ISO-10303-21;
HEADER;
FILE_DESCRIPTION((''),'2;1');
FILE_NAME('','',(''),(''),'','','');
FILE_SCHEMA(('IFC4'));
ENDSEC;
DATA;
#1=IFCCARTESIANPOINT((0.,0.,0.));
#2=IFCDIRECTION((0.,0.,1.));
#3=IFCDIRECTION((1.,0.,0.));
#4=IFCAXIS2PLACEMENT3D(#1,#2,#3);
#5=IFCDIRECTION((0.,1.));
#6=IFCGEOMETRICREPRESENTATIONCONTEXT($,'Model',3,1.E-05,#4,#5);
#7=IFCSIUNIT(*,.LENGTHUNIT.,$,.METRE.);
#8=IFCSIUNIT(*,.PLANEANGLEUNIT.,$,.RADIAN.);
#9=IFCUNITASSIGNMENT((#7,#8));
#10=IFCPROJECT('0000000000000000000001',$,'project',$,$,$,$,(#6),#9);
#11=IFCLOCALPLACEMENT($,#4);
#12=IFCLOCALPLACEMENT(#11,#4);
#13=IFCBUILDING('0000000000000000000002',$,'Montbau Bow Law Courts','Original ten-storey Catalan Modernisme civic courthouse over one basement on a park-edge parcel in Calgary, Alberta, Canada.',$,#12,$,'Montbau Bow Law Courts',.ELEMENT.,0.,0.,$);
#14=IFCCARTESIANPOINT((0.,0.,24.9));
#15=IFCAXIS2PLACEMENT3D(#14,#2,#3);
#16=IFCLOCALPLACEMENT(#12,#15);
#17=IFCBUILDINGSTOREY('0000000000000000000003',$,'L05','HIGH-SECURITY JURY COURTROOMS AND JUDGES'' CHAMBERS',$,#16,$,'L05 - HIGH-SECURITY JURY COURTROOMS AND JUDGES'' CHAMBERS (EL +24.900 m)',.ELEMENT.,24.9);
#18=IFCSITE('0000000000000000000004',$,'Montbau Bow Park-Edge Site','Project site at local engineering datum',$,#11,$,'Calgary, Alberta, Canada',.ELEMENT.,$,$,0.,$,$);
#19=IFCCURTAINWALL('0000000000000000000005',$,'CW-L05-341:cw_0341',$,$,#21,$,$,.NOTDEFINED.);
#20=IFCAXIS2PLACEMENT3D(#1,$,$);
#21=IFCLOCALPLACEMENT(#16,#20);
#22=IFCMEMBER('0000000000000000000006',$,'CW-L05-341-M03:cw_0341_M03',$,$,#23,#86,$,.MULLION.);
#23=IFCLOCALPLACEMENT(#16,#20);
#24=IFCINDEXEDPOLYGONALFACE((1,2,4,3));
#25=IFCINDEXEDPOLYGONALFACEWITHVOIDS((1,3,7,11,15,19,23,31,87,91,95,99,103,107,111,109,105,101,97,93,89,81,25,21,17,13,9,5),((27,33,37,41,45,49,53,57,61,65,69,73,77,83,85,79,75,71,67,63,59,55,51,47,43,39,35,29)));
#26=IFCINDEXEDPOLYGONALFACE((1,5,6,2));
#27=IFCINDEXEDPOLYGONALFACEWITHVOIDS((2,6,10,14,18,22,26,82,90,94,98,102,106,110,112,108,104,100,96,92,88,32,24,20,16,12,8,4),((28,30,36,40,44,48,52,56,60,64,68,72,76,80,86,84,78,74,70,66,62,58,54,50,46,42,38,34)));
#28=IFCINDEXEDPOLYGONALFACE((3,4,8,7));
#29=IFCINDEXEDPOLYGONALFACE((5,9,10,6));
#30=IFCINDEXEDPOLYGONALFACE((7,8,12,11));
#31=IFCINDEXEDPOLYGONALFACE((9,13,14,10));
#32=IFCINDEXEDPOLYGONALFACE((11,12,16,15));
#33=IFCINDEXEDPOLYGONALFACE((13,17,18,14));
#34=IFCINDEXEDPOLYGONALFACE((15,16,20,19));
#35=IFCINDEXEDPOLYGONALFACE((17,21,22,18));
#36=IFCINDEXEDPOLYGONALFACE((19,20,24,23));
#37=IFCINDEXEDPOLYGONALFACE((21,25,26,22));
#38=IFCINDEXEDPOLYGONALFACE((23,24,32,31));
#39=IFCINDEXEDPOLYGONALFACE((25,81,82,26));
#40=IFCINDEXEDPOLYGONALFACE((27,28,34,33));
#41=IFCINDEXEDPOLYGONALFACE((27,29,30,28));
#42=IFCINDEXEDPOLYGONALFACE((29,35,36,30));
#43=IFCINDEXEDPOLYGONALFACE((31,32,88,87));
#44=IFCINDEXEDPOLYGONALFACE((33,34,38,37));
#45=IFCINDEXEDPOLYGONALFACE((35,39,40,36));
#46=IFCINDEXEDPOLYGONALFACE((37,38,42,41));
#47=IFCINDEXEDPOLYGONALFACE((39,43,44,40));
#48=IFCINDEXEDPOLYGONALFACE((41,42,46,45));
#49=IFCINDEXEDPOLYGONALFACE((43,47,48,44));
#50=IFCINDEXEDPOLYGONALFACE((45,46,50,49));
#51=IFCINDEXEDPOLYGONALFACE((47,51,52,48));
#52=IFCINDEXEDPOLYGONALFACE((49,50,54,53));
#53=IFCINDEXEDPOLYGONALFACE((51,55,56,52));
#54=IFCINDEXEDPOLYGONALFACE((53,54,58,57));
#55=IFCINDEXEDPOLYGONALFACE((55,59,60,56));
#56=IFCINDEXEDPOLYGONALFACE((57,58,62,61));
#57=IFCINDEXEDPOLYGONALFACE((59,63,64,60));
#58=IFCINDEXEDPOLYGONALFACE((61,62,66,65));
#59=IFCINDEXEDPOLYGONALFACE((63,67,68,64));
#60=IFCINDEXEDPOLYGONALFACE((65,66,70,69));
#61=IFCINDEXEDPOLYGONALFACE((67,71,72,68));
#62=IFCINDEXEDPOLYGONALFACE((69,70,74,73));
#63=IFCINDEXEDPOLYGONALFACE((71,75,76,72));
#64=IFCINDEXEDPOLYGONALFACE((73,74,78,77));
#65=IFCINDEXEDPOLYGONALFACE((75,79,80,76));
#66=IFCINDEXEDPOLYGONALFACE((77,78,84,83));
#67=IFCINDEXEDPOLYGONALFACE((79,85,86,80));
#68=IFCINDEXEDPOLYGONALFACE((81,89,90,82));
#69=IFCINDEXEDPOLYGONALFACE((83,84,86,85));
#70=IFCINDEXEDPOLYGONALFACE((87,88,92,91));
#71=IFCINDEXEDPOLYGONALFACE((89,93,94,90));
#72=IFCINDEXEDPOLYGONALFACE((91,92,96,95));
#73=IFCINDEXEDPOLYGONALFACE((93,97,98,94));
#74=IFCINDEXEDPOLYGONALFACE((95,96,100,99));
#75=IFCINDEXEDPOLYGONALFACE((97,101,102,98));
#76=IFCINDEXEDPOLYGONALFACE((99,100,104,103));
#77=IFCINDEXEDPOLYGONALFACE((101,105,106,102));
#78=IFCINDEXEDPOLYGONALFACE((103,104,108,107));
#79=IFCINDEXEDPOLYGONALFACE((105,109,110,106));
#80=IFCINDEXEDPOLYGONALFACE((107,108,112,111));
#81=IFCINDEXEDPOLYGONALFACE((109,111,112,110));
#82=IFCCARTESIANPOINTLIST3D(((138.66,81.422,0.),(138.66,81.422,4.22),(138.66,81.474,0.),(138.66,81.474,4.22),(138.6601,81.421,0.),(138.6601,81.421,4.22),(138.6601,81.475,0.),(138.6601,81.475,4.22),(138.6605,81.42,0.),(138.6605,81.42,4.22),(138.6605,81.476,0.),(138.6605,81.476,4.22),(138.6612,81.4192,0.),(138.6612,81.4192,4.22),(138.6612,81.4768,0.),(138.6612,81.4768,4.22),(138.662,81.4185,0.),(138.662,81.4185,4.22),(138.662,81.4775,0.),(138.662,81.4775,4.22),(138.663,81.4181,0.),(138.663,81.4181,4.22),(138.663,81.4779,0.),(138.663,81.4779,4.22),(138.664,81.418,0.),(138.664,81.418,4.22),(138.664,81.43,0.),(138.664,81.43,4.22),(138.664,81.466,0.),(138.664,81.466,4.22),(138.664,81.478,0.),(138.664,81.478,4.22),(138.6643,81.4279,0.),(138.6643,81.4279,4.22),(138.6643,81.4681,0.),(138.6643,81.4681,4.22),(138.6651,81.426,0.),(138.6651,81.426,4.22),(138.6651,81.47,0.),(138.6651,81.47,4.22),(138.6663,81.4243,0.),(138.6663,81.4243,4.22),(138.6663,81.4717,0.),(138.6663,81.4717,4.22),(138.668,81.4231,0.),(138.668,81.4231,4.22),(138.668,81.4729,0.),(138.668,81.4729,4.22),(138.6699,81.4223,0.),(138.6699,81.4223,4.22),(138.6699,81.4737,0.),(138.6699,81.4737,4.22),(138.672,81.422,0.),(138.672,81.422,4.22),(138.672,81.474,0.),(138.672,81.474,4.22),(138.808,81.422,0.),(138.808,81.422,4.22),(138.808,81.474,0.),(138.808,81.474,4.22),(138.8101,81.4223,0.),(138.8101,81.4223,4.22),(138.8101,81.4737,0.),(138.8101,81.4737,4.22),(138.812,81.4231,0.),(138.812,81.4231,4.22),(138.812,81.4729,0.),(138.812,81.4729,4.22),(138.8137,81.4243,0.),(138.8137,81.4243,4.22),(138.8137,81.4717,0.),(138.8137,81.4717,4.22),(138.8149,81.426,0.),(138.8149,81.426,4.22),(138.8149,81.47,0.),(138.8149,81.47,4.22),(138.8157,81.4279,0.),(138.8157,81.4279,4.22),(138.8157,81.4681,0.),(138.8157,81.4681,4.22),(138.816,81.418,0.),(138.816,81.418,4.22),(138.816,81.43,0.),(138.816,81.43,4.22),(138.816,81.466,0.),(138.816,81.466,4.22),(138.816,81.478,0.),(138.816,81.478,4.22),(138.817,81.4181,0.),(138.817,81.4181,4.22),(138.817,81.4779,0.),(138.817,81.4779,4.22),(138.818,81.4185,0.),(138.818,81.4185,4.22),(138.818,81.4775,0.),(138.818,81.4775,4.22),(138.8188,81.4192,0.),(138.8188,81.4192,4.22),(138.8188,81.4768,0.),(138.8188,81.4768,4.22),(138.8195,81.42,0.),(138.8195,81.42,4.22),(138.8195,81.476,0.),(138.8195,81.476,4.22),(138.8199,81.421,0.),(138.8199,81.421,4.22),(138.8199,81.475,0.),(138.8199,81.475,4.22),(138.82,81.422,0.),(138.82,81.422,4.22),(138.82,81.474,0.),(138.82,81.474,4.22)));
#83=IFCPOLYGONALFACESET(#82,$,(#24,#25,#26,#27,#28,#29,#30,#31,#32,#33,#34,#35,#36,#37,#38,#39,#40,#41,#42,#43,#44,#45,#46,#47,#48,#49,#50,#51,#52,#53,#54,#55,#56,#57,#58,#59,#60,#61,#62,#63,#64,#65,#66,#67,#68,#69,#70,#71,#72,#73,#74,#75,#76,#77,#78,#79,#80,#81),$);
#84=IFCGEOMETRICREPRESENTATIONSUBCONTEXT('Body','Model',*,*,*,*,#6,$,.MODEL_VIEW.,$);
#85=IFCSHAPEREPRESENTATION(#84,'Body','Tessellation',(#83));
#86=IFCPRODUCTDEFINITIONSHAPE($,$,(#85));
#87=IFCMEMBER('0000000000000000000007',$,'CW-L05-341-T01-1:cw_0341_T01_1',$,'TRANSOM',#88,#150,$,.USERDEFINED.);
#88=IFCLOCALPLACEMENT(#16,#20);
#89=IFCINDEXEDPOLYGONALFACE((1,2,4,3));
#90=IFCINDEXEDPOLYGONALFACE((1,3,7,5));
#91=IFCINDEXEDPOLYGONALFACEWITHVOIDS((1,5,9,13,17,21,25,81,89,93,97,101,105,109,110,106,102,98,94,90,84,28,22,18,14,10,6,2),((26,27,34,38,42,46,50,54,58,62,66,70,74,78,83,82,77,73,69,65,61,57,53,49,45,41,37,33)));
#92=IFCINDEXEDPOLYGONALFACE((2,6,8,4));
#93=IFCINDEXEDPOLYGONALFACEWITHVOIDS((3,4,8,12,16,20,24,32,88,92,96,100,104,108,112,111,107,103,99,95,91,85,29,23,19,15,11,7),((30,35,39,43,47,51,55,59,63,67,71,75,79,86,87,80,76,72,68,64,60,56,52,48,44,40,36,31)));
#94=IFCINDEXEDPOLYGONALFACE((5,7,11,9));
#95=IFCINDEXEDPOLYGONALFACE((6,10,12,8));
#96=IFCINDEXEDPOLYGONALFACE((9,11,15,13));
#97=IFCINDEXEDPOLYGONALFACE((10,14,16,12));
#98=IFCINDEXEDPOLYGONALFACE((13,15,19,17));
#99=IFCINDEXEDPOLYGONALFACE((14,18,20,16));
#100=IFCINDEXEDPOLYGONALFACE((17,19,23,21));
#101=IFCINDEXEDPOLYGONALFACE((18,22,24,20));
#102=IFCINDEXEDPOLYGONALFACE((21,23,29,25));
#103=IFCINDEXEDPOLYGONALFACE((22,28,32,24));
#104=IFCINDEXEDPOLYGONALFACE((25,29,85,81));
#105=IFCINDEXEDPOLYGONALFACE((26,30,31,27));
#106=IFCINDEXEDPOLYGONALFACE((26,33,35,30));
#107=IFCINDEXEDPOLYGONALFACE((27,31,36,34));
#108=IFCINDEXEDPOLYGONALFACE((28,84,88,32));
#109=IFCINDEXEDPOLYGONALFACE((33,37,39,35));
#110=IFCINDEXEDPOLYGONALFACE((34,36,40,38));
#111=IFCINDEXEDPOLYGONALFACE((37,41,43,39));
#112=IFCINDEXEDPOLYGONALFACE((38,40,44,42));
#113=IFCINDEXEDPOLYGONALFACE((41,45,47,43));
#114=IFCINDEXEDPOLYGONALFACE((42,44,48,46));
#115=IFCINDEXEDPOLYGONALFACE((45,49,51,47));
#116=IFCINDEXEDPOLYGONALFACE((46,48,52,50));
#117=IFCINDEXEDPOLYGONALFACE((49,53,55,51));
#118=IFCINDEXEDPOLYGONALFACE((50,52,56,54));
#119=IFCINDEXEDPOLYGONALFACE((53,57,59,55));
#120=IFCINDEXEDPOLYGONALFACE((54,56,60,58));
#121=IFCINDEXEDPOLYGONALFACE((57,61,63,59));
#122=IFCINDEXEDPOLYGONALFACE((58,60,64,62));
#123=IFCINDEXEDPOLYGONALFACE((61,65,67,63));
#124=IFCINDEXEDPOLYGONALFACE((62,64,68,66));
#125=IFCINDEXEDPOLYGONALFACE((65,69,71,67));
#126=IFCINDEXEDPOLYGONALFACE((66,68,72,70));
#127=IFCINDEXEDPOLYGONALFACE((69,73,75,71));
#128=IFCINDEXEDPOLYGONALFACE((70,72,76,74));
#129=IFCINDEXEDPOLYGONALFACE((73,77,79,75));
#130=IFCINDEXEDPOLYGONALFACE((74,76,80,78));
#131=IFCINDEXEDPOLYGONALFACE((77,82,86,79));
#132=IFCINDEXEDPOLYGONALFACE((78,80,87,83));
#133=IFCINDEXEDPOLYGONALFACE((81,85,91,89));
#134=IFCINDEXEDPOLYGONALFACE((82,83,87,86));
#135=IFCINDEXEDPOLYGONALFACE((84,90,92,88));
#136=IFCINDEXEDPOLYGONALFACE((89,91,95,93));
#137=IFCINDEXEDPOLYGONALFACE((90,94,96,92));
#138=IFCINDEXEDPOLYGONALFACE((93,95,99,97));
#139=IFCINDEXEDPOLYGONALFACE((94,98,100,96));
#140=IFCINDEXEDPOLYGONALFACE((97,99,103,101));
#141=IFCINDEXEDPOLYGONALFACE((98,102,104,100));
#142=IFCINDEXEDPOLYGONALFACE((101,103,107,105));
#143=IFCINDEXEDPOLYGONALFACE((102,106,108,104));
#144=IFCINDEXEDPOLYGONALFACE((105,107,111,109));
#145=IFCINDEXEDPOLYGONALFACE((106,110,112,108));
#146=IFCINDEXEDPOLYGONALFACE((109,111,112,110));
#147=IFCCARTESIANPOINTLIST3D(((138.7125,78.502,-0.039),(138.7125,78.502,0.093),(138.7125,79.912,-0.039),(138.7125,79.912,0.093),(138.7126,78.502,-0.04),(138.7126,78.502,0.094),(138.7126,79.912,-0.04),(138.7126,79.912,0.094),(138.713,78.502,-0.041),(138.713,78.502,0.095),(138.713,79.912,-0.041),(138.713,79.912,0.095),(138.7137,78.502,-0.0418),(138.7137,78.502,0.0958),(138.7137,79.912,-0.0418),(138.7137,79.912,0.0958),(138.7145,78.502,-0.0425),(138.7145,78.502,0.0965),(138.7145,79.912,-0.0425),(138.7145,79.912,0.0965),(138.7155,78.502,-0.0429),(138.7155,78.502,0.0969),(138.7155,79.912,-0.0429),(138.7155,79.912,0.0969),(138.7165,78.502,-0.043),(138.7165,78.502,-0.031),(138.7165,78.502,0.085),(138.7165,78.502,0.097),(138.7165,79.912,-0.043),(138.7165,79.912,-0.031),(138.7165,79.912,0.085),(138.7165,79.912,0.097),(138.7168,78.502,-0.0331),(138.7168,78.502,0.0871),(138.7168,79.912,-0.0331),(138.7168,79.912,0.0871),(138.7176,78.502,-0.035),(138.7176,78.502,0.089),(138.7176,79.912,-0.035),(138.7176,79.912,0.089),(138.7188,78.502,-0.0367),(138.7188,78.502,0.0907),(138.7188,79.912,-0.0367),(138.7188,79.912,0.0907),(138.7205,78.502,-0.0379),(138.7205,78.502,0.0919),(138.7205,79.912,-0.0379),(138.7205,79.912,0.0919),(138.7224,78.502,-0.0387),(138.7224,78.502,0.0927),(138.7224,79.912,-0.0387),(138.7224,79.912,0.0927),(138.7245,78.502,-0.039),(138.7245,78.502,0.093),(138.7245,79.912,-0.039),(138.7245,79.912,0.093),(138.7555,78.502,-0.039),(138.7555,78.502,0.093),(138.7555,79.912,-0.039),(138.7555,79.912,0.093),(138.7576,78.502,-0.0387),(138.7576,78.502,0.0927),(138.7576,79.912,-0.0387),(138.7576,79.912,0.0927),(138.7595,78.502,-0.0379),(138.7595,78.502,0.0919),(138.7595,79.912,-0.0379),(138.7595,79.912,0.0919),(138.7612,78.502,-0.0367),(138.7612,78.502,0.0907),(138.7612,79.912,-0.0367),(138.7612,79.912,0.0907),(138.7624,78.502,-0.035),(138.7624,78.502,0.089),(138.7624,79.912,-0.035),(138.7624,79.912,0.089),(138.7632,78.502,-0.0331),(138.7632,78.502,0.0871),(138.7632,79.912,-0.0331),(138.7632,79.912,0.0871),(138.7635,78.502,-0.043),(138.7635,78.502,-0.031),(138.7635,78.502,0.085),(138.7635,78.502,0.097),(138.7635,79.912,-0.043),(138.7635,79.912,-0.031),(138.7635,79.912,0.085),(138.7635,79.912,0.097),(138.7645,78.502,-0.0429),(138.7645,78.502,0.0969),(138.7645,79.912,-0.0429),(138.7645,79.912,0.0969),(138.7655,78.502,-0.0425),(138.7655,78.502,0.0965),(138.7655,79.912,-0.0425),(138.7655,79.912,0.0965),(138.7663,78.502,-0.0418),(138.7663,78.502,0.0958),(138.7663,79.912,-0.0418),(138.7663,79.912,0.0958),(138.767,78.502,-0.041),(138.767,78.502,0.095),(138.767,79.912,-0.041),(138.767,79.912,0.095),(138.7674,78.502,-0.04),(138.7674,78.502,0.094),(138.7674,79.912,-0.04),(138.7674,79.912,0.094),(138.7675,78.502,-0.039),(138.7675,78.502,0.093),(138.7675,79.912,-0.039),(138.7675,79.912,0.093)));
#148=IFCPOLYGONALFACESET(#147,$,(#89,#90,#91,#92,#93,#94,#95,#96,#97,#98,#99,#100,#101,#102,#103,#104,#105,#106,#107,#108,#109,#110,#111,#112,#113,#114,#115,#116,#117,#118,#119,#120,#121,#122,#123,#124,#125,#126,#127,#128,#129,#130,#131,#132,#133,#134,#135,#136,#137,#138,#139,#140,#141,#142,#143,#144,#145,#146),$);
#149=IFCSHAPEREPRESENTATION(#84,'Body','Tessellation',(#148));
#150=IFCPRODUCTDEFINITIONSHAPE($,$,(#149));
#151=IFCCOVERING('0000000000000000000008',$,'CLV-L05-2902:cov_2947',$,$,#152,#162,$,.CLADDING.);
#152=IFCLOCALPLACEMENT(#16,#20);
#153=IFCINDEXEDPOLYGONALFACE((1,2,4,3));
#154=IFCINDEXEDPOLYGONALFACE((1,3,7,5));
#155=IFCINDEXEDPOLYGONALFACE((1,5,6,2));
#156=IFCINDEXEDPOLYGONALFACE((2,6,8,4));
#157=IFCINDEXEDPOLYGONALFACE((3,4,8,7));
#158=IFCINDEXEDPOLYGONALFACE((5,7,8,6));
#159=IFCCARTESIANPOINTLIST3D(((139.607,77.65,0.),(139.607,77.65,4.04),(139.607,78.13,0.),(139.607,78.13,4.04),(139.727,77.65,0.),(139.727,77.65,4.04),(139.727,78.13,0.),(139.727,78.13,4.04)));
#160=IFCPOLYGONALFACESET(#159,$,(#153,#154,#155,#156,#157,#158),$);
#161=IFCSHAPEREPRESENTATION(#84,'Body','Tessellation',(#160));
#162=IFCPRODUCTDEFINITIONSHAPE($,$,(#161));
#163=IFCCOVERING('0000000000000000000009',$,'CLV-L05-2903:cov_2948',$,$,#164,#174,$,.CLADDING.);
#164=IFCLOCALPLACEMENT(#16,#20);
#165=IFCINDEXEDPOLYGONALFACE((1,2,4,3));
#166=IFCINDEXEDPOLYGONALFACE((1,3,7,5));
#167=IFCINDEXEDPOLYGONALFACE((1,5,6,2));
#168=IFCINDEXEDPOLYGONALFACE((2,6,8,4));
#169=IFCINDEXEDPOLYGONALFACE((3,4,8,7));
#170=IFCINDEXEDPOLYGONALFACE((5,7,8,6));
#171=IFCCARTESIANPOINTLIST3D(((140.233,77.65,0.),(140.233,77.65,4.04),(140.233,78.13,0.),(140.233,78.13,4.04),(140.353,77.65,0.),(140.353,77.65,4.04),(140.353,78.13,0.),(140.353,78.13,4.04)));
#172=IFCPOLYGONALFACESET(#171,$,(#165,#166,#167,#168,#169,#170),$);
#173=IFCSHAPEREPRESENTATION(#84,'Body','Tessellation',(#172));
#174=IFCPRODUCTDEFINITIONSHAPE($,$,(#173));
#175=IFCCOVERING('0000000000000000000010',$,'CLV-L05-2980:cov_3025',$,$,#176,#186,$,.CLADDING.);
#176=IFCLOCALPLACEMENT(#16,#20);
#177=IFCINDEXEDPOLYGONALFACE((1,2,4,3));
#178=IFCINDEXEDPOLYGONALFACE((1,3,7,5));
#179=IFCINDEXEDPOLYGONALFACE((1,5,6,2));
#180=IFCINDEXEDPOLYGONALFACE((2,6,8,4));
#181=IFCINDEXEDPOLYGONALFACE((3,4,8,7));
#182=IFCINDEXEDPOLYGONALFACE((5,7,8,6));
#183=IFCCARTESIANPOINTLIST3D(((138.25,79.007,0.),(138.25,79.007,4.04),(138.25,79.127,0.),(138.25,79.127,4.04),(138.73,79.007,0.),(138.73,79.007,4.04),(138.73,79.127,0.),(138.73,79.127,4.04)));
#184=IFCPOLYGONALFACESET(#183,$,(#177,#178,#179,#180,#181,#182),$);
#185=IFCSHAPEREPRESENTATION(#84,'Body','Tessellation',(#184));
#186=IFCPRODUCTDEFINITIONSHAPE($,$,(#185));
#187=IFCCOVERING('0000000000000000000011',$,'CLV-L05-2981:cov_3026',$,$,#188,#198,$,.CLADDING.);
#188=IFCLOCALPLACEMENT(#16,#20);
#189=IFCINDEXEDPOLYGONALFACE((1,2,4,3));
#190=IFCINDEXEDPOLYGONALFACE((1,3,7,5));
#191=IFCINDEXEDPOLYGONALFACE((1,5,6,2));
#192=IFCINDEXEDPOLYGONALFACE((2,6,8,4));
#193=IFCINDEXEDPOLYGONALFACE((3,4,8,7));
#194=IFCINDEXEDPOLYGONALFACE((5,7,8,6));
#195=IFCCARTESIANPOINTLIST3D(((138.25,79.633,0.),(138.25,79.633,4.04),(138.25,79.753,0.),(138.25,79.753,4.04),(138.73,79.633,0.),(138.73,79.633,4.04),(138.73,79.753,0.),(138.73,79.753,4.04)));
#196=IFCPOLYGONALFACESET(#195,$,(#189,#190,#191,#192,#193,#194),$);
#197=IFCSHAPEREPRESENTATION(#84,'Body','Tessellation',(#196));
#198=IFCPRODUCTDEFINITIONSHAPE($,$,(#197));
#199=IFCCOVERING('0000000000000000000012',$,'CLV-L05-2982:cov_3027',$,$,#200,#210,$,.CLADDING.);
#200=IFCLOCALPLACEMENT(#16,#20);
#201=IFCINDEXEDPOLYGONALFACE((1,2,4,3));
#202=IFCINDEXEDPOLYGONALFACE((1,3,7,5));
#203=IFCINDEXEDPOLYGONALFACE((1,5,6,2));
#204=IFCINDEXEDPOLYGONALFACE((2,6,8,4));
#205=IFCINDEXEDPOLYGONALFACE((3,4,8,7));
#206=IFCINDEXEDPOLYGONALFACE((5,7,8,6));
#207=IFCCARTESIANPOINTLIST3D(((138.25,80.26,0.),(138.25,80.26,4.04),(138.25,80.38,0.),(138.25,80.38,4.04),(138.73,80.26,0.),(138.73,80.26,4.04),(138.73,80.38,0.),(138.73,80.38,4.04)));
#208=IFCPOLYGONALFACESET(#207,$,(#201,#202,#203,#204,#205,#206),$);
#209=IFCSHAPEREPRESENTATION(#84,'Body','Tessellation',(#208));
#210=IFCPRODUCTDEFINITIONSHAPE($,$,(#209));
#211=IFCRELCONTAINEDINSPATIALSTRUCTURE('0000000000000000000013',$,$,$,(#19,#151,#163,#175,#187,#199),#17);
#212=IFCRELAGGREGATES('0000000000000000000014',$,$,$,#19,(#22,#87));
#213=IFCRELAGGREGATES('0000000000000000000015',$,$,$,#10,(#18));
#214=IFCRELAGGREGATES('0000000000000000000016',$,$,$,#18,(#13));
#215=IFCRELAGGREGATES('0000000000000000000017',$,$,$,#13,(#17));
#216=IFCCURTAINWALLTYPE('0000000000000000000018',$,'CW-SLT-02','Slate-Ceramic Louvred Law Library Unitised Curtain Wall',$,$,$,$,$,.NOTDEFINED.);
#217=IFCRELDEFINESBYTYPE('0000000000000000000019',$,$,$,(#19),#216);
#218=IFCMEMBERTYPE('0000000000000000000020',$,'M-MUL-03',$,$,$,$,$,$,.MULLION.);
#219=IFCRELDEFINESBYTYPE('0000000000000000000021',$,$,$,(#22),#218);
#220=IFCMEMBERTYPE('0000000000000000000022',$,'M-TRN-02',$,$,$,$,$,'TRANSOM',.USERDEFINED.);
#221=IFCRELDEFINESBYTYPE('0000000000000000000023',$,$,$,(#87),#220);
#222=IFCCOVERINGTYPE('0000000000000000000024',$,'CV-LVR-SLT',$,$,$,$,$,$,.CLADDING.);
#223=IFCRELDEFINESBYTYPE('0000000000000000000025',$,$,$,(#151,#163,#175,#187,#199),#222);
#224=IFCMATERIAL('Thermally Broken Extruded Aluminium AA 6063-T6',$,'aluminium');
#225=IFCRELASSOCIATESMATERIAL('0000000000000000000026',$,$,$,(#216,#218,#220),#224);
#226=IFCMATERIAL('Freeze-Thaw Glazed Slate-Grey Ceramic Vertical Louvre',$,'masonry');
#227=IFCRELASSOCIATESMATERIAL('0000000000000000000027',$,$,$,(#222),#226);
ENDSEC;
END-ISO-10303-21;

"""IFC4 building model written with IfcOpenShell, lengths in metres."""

from ifc_helpers import new_model, si_unit, direction, frame, frame_2d, origin_with_axes, origin_2d_with_axis, place, context, subcontext, project, spatial, rectangle, hollow_rectangle, extrude, material, material_profile, profile_set, type_object, element, aggregate, save


model = new_model("IFC4")

# Units and contexts
model_context = context("Model", 3, precision=1e-05, world=origin_with_axes(), true_north=direction((0.0, 1.0)))
body_context = subcontext(model_context, "Body", "Model", "MODEL_VIEW")
ifc_project = project(units=[si_unit("LENGTHUNIT", "METRE"), si_unit("PLANEANGLEUNIT", "RADIAN")], contexts=[model_context])

# Site, building, storey
site_placement = place(None, origin_with_axes())
site = spatial("IfcSite", under=ifc_project, at=site_placement, Name="Montbau Bow Park-Edge Site", Description="Project site at local engineering datum", LongName="Calgary, Alberta, Canada", CompositionType="ELEMENT", RefElevation=0.0)
building_placement = place(site_placement, origin_with_axes())
building = spatial("IfcBuilding", under=site, at=building_placement, Name="Montbau Bow Law Courts", Description="Original ten-storey Catalan Modernisme civic courthouse over one basement on a park-edge parcel in Calgary, Alberta, Canada.", LongName="Montbau Bow Law Courts", CompositionType="ELEMENT", ElevationOfRefHeight=0.0, ElevationOfTerrain=0.0)
storey_placement = place(building_placement, frame((0.0, 0.0, 24.9), z_axis=(0.0, 0.0, 1.0), x_axis=(1.0, 0.0, 0.0)))
storey = spatial("IfcBuildingStorey", under=building, at=storey_placement, Name="L05", Description="HIGH-SECURITY JURY COURTROOMS AND JUDGES' CHAMBERS", LongName="L05 - HIGH-SECURITY JURY COURTROOMS AND JUDGES' CHAMBERS (EL +24.900 m)", CompositionType="ELEMENT", Elevation=24.9)

# Curtain wall, members
ifc_material_1 = material(Name="Thermally Broken Extruded Aluminium AA 6063-T6", Category="aluminium")
curtain_wall_type = type_object("IfcCurtainWallType", Name="CW-SLT-02", Description="Slate-Ceramic Louvred Law Library Unitised Curtain Wall", PredefinedType="NOTDEFINED", material=ifc_material_1)
curtain_wall_1_placement = place(None, frame((138.74, 78.44, 24.9), z_axis=(0.0, 0.0, 1.0), x_axis=(1.0, 0.0, 0.0)))
curtain_wall_1 = element("IfcCurtainWall", 1, at=curtain_wall_1_placement, inside=storey, type_object=curtain_wall_type, Name="CW-L05-341:cw_0341", PredefinedType="NOTDEFINED")
ifc_material_profile_1 = material_profile(ifc_material_1, hollow_rectangle(XDim=0.06, YDim=0.16, WallThickness=0.004, InnerFilletRadius=0.008, OuterFilletRadius=0.004, at=origin_2d_with_axis()), Name="CWM-160X60", Category="Main", Priority=0)
ifc_profile_set_1 = profile_set([ifc_material_profile_1], Name="Thermally Broken Extruded Aluminium AA 6063-T6")
member_type_1 = type_object("IfcMemberType", Name="M-MUL-03", PredefinedType="MULLION", material=ifc_profile_set_1)
member_1_placement = place(None, frame((138.74, 81.448, 24.9), z_axis=(0.0, 0.0, 1.0), x_axis=(0.0, 1.0, 0.0)))
member_1 = element("IfcMember", 2, at=member_1_placement, type_object=member_type_1, Name="CW-L05-341-M03:cw_0341_M03", PredefinedType="MULLION", context=body_context, shape_type="SweptSolid", body=[
    extrude(hollow_rectangle(XDim=0.06, YDim=0.16, WallThickness=0.004, InnerFilletRadius=0.008, OuterFilletRadius=0.004, at=origin_2d_with_axis()), origin_with_axes(), (0.0, 0.0, 1.0), 4.22),
])
ifc_material_profile_2 = material_profile(ifc_material_1, hollow_rectangle(XDim=0.055, YDim=0.14, WallThickness=0.004, InnerFilletRadius=0.008, OuterFilletRadius=0.004, at=origin_2d_with_axis()), Name="CWT-140X55", Category="Main", Priority=0)
ifc_profile_set_2 = profile_set([ifc_material_profile_2], Name="Thermally Broken Extruded Aluminium AA 6063-T6")
member_type_2 = type_object("IfcMemberType", Name="M-TRN-02", ElementType="TRANSOM", PredefinedType="USERDEFINED", material=ifc_profile_set_2)
member_2_placement = place(None, frame((138.74, 78.502, 24.927), z_axis=(0.0, 1.0, 0.0), x_axis=(-1.0, 0.0, 0.0)))
member_2 = element("IfcMember", 3, at=member_2_placement, type_object=member_type_2, Name="CW-L05-341-T01-1:cw_0341_T01_1", ObjectType="TRANSOM", PredefinedType="USERDEFINED", context=body_context, shape_type="SweptSolid", body=[
    extrude(hollow_rectangle(XDim=0.055, YDim=0.14, WallThickness=0.004, InnerFilletRadius=0.008, OuterFilletRadius=0.004, at=origin_2d_with_axis()), origin_with_axes(), (0.0, 0.0, 1.0), 1.41),
])
aggregate(curtain_wall_1, [member_1, member_2])

# Coverings
ifc_material_2 = material(Name="Freeze-Thaw Glazed Slate-Grey Ceramic Vertical Louvre", Category="masonry")
covering_type = type_object("IfcCoveringType", Name="CV-LVR-SLT", PredefinedType="CLADDING", material=ifc_material_2)
for number, where, z_axis, x_axis, name in (
    (4, (139.667, 78.13, 24.9), (-1.0, 0.0, 0.0), (0.0, -1.0, 0.0), "CLV-L05-2902:cov_2947"),
    (5, (140.293, 78.13, 24.9), (-1.0, 0.0, 0.0), (0.0, -1.0, 0.0), "CLV-L05-2903:cov_2948"),
    (6, (138.73, 79.067, 24.9), (0.0, 1.0, 0.0), (-1.0, 0.0, 0.0), "CLV-L05-2980:cov_3025"),
    (7, (138.73, 79.693, 24.9), (0.0, 1.0, 0.0), (-1.0, 0.0, 0.0), "CLV-L05-2981:cov_3026"),
    (8, (138.73, 80.32, 24.9), (0.0, 1.0, 0.0), (-1.0, 0.0, 0.0), "CLV-L05-2982:cov_3027"),
):
    element("IfcCovering", number, at=place(None, frame(where, z_axis=z_axis, x_axis=x_axis)), inside=storey, type_object=covering_type, Name=name, PredefinedType="CLADDING", context=body_context, shape_type="SweptSolid", body=[
        extrude(rectangle(XDim=0.48, YDim=4.04, at=frame_2d((0.24, 2.02), x_axis=(1.0, 0.0))), frame((0.0, 0.0, -0.06), z_axis=(0.0, 0.0, 1.0), x_axis=(1.0, 0.0, 0.0)), (0.0, 0.0, 1.0), 0.12),
    ])

save(model, "model.ifc")
